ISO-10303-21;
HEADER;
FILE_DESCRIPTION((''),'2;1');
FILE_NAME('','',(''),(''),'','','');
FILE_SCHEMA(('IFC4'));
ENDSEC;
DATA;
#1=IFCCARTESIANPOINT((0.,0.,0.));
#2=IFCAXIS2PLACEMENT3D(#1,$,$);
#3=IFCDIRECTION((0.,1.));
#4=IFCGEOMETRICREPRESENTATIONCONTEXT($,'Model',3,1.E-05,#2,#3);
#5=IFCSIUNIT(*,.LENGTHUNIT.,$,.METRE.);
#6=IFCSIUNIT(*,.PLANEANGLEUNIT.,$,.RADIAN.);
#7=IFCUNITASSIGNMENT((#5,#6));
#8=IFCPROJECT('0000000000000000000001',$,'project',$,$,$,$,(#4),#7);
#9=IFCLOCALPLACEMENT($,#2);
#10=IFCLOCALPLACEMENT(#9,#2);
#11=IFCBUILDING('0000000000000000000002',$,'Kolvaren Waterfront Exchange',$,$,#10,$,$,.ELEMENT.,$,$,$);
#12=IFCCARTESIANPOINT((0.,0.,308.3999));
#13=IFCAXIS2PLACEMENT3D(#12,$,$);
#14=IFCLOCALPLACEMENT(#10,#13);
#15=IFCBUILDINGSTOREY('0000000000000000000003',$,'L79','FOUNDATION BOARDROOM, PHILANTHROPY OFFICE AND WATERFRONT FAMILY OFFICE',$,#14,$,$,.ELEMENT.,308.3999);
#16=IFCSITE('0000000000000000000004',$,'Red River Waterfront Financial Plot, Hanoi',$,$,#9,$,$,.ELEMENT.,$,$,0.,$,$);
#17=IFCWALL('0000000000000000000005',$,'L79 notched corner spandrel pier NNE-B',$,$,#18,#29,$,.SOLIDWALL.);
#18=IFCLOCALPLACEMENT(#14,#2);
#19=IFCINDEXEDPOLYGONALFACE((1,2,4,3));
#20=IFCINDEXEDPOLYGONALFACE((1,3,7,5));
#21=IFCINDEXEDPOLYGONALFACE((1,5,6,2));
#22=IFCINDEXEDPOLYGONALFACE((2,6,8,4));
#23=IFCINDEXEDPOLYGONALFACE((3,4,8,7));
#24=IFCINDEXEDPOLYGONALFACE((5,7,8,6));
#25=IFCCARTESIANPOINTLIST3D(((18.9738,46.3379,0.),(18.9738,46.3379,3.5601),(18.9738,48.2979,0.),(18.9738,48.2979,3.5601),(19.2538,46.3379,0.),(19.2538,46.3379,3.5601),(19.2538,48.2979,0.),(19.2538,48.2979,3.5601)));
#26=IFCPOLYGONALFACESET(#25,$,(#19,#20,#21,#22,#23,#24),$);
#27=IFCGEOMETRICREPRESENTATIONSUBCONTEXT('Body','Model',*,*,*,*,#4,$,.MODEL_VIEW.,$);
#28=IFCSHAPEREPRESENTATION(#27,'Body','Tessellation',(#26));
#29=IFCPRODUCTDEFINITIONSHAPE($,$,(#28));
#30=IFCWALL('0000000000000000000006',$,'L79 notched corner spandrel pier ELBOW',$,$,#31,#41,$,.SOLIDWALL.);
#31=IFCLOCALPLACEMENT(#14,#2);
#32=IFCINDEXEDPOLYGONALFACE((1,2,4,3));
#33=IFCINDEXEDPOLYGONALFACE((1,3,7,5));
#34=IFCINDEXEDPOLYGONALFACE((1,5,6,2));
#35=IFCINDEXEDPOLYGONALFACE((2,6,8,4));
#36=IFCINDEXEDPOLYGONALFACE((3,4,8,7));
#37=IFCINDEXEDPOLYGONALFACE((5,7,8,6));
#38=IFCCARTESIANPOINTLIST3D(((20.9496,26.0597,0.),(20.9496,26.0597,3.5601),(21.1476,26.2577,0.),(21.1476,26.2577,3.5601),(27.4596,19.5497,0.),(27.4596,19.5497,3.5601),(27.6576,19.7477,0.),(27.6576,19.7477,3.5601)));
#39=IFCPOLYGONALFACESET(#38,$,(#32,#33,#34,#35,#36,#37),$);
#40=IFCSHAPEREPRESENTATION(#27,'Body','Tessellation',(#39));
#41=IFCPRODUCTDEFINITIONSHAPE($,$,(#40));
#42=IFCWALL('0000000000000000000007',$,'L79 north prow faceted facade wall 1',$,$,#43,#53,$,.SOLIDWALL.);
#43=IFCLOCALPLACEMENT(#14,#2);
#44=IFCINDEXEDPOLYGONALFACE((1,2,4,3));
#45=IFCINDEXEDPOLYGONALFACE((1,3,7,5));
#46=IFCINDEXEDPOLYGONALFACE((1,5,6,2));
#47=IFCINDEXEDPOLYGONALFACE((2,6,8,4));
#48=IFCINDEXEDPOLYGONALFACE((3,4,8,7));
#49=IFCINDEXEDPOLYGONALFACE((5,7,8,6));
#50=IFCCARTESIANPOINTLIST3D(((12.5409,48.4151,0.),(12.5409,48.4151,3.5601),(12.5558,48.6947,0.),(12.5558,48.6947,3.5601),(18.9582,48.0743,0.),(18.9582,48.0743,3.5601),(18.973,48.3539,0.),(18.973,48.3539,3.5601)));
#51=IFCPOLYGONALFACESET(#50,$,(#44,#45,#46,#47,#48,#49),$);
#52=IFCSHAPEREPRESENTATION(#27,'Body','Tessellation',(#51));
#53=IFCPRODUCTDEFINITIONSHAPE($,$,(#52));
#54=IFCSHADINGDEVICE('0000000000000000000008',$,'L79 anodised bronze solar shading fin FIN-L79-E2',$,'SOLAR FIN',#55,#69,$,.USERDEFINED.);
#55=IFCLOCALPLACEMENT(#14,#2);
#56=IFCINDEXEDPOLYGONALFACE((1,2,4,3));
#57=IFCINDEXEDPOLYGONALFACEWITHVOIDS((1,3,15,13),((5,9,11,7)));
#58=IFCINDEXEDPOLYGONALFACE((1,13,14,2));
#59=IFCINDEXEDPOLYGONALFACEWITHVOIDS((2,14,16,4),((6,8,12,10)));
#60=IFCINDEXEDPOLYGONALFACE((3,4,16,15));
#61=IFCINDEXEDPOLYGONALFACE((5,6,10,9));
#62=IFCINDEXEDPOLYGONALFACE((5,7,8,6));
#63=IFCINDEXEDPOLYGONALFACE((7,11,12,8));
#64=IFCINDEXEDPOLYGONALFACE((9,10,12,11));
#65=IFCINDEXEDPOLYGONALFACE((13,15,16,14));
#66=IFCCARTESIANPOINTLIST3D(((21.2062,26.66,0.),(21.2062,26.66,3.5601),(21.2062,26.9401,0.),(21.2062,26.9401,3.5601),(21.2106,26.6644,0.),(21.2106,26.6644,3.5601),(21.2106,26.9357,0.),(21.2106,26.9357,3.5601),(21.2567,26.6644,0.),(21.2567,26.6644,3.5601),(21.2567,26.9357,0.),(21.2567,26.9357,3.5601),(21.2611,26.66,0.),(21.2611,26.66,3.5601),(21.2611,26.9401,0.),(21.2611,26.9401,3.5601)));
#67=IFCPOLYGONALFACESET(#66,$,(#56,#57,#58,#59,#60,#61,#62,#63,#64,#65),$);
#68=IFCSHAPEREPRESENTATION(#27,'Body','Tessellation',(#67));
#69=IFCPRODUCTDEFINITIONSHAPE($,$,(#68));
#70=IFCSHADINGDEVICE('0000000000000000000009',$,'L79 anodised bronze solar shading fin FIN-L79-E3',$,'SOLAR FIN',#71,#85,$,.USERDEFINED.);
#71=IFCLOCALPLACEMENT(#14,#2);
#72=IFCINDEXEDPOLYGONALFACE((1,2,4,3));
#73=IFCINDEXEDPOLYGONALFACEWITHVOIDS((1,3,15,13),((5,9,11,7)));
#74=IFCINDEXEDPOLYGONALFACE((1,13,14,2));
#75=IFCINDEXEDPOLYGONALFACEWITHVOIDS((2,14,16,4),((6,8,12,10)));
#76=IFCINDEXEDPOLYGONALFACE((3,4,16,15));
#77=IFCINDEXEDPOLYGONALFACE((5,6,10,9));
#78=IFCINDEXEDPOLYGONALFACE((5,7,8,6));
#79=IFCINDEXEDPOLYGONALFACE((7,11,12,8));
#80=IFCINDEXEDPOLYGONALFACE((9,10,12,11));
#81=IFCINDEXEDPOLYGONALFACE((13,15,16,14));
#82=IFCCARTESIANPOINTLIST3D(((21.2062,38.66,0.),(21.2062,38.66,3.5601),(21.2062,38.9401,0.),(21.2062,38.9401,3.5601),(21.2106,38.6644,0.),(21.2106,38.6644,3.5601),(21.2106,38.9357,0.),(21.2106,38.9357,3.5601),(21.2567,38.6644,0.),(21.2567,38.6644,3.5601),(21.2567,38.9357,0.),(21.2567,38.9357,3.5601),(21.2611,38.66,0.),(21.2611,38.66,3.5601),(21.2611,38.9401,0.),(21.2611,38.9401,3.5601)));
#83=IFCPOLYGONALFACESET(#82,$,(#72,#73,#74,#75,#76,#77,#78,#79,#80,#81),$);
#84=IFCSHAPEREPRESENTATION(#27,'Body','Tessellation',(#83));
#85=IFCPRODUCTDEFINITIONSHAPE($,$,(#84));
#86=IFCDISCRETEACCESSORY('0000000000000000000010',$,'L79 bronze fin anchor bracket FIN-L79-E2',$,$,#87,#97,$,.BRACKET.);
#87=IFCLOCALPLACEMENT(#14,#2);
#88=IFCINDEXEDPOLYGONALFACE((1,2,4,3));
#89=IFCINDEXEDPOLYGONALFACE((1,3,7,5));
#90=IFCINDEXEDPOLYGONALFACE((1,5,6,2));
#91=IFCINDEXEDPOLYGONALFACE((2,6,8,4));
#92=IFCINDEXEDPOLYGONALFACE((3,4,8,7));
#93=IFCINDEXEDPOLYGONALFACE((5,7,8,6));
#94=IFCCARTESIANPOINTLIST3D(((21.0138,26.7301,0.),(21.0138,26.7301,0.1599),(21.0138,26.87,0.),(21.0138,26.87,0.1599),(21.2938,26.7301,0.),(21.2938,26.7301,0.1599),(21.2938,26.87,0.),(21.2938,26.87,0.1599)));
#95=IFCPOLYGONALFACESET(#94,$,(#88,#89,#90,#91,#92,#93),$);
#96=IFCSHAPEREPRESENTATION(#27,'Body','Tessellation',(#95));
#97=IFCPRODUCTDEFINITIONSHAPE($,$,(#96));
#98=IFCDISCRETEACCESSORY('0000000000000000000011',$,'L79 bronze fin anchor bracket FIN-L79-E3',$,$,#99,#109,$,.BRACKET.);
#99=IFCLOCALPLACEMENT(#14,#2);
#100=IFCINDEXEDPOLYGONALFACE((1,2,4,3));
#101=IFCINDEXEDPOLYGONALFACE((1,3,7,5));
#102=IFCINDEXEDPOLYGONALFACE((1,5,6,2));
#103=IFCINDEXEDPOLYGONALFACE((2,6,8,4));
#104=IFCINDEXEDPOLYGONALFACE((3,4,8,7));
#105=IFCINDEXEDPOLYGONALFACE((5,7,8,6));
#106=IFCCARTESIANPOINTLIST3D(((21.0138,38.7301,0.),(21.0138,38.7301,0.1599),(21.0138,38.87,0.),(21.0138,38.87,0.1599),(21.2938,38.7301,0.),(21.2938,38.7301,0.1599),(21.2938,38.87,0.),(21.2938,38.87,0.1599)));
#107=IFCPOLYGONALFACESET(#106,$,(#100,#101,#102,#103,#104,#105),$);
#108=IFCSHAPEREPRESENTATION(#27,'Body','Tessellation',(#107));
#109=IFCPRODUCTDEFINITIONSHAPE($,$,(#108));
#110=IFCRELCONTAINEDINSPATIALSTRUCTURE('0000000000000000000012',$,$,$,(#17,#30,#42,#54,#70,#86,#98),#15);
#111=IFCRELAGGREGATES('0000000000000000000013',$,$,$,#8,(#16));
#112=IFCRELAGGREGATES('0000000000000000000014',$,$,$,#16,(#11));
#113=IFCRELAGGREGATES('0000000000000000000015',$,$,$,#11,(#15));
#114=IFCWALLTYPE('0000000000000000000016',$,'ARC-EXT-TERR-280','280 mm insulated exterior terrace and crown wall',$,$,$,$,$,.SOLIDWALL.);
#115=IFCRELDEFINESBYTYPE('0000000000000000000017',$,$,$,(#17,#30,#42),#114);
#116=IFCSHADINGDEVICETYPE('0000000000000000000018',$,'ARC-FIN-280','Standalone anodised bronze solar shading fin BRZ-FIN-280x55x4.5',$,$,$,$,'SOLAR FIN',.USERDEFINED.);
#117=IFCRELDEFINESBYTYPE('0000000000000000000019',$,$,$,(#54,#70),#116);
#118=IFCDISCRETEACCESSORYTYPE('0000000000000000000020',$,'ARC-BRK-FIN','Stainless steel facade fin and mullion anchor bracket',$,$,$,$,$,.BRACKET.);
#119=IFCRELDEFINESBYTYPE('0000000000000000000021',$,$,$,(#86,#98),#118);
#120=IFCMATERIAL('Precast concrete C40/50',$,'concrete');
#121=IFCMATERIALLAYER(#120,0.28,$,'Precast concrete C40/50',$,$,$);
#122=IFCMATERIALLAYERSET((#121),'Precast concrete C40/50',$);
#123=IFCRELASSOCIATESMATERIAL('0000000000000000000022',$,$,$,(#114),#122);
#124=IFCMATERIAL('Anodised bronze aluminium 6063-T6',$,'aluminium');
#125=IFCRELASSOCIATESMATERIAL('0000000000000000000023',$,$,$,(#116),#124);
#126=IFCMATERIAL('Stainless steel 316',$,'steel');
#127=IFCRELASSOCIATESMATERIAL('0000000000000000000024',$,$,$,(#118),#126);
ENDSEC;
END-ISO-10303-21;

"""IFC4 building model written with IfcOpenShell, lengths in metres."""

from ifc_helpers import new_model, si_unit, direction, frame, frame_2d, origin, origin_with_axes, origin_2d, place, context, subcontext, project, spatial, rectangle, hollow_rectangle, extrude, source, transform, mapped, material, layer, layer_set, material_profile, profile_set, type_object, element, save


model = new_model("IFC4")

# Units and contexts
model_context = context("Model", 3, precision=1e-05, world=origin(), true_north=direction((0.0, 1.0)))
body_context = subcontext(model_context, "Body", "Model", "MODEL_VIEW")
ifc_project = project(units=[si_unit("LENGTHUNIT", "METRE"), si_unit("PLANEANGLEUNIT", "RADIAN")], contexts=[model_context])

# Site, building, storey
site_placement = place(None, origin())
site = spatial("IfcSite", under=ifc_project, at=site_placement, Name="Red River Waterfront Financial Plot, Hanoi", CompositionType="ELEMENT", RefElevation=0.0)
building_placement = place(site_placement, origin())
building = spatial("IfcBuilding", under=site, at=building_placement, Name="Kolvaren Waterfront Exchange", CompositionType="ELEMENT")
storey_placement = place(building_placement, frame((0.0, 0.0, 308.3999)))
storey = spatial("IfcBuildingStorey", under=building, at=storey_placement, Name="L79", Description="FOUNDATION BOARDROOM, PHILANTHROPY OFFICE AND WATERFRONT FAMILY OFFICE", CompositionType="ELEMENT", Elevation=308.3999)

# Shared definitions
ifc_material_1 = material(Name="Anodised bronze aluminium 6063-T6", Category="aluminium")

# Walls
ifc_material_2 = material(Name="Precast concrete C40/50", Category="concrete")
ifc_layer_1 = layer(ifc_material_2, 0.28, Name="Precast concrete C40/50")
ifc_layer_set_1 = layer_set([ifc_layer_1], Name="Precast concrete C40/50")
wall_type = type_object("IfcWallType", Name="ARC-EXT-TERR-280", Description="280 mm insulated exterior terrace and crown wall", PredefinedType="SOLIDWALL", material=ifc_layer_set_1)
wall_1_placement = place(storey_placement, frame((19.1138, 46.3379, 0.0), z_axis=(0.0, 0.0, 1.0), x_axis=(0.0, 1.0, 0.0)))
element("IfcWall", 1, at=wall_1_placement, inside=storey, type_object=wall_type, Name="L79 notched corner spandrel pier NNE-B", PredefinedType="SOLIDWALL", context=body_context, shape_type="SweptSolid", body=[
    extrude(rectangle(XDim=1.96, YDim=0.28, at=frame_2d((0.98, 0.0))), origin(), (0.0, 0.0, 1.0), 3.5601),
])
wall_2_placement = place(storey_placement, frame((27.5586, 19.6487, 0.0), z_axis=(0.0, 0.0, 1.0), x_axis=(-0.707107, 0.707107, 0.0)))
element("IfcWall", 2, at=wall_2_placement, inside=storey, type_object=wall_type, Name="L79 notched corner spandrel pier ELBOW", PredefinedType="SOLIDWALL", context=body_context, shape_type="SweptSolid", body=[
    extrude(rectangle(XDim=9.2065, YDim=0.28, at=frame_2d((4.6033, 0.0))), origin(), (0.0, 0.0, 1.0), 3.5601),
])
wall_3_placement = place(storey_placement, frame((18.9656, 48.2141, 0.0), z_axis=(0.0, 0.0, 1.0), x_axis=(-0.998593, 0.053035, 0.0)))
element("IfcWall", 3, at=wall_3_placement, inside=storey, type_object=wall_type, Name="L79 north prow faceted facade wall 1", PredefinedType="SOLIDWALL", context=body_context, shape_type="SweptSolid", body=[
    extrude(rectangle(XDim=6.4263, YDim=0.28, at=frame_2d((3.2131, 0.0))), origin(), (0.0, 0.0, 1.0), 3.5601),
])

# Shading devices
ifc_material_profile_1 = material_profile(ifc_material_1, hollow_rectangle(XDim=0.0549, YDim=0.28, WallThickness=0.0044, at=origin_2d()), Name="BRZ-FIN-280x55x4.5")
ifc_profile_set_1 = profile_set([ifc_material_profile_1], Name="Anodised bronze aluminium 6063-T6")
shading_device_type = type_object("IfcShadingDeviceType", Name="ARC-FIN-280", Description="Standalone anodised bronze solar shading fin BRZ-FIN-280x55x4.5", ElementType="SOLAR FIN", PredefinedType="USERDEFINED", material=ifc_profile_set_1)
for number, where, z_axis, x_axis, name in (
    (4, (21.2336, 26.8, 0.0), (0.0, 0.0, 1.0), (1.0, 0.0, 0.0), "L79 anodised bronze solar shading fin FIN-L79-E2"),
    (5, (21.2336, 38.8, 0.0), (0.0, 0.0, 1.0), (1.0, 0.0, 0.0), "L79 anodised bronze solar shading fin FIN-L79-E3"),
):
    element("IfcShadingDevice", number, at=place(storey_placement, frame(where, z_axis=z_axis, x_axis=x_axis)), inside=storey, type_object=shading_device_type, Name=name, ObjectType="SOLAR FIN", PredefinedType="USERDEFINED", context=body_context, shape_type="SweptSolid", body=[
        extrude(hollow_rectangle(XDim=0.0549, YDim=0.28, WallThickness=0.0044, at=origin_2d()), origin(), (0.0, 0.0, 1.0), 3.5601),
    ])

# Shared definitions
ifc_material_3 = material(Name="Stainless steel 316", Category="steel")

# Discrete accessories
discrete_accessory_type = type_object("IfcDiscreteAccessoryType", Name="ARC-BRK-FIN", Description="Stainless steel facade fin and mullion anchor bracket", PredefinedType="BRACKET", material=ifc_material_3)
shared_shape_1 = source(origin_with_axes(), body_context, "Body", "SweptSolid", [
    extrude(rectangle(XDim=0.28, YDim=0.1399, at=origin_2d()), origin(), (0.0, 0.0, 1.0), 0.1599),
])
for number, where, z_axis, x_axis, name in (
    (6, (21.1538, 26.8, 0.0), (0.0, 0.0, 1.0), (1.0, 0.0, 0.0), "L79 bronze fin anchor bracket FIN-L79-E2"),
    (7, (21.1538, 38.8, 0.0), (0.0, 0.0, 1.0), (1.0, 0.0, 0.0), "L79 bronze fin anchor bracket FIN-L79-E3"),
):
    element("IfcDiscreteAccessory", number, at=place(storey_placement, frame(where, z_axis=z_axis, x_axis=x_axis)), inside=storey, type_object=discrete_accessory_type, Name=name, PredefinedType="BRACKET", context=body_context, shape_type="MappedRepresentation", body=[
        mapped(shared_shape_1, transform((0.0, 0.0, 0.0), x_axis=(1.0, 0.0, 0.0), y_axis=(0.0, 1.0, 0.0), z_axis=(0.0, 0.0, 1.0), scale=1.0)),
    ])

save(model, "model.ifc")
